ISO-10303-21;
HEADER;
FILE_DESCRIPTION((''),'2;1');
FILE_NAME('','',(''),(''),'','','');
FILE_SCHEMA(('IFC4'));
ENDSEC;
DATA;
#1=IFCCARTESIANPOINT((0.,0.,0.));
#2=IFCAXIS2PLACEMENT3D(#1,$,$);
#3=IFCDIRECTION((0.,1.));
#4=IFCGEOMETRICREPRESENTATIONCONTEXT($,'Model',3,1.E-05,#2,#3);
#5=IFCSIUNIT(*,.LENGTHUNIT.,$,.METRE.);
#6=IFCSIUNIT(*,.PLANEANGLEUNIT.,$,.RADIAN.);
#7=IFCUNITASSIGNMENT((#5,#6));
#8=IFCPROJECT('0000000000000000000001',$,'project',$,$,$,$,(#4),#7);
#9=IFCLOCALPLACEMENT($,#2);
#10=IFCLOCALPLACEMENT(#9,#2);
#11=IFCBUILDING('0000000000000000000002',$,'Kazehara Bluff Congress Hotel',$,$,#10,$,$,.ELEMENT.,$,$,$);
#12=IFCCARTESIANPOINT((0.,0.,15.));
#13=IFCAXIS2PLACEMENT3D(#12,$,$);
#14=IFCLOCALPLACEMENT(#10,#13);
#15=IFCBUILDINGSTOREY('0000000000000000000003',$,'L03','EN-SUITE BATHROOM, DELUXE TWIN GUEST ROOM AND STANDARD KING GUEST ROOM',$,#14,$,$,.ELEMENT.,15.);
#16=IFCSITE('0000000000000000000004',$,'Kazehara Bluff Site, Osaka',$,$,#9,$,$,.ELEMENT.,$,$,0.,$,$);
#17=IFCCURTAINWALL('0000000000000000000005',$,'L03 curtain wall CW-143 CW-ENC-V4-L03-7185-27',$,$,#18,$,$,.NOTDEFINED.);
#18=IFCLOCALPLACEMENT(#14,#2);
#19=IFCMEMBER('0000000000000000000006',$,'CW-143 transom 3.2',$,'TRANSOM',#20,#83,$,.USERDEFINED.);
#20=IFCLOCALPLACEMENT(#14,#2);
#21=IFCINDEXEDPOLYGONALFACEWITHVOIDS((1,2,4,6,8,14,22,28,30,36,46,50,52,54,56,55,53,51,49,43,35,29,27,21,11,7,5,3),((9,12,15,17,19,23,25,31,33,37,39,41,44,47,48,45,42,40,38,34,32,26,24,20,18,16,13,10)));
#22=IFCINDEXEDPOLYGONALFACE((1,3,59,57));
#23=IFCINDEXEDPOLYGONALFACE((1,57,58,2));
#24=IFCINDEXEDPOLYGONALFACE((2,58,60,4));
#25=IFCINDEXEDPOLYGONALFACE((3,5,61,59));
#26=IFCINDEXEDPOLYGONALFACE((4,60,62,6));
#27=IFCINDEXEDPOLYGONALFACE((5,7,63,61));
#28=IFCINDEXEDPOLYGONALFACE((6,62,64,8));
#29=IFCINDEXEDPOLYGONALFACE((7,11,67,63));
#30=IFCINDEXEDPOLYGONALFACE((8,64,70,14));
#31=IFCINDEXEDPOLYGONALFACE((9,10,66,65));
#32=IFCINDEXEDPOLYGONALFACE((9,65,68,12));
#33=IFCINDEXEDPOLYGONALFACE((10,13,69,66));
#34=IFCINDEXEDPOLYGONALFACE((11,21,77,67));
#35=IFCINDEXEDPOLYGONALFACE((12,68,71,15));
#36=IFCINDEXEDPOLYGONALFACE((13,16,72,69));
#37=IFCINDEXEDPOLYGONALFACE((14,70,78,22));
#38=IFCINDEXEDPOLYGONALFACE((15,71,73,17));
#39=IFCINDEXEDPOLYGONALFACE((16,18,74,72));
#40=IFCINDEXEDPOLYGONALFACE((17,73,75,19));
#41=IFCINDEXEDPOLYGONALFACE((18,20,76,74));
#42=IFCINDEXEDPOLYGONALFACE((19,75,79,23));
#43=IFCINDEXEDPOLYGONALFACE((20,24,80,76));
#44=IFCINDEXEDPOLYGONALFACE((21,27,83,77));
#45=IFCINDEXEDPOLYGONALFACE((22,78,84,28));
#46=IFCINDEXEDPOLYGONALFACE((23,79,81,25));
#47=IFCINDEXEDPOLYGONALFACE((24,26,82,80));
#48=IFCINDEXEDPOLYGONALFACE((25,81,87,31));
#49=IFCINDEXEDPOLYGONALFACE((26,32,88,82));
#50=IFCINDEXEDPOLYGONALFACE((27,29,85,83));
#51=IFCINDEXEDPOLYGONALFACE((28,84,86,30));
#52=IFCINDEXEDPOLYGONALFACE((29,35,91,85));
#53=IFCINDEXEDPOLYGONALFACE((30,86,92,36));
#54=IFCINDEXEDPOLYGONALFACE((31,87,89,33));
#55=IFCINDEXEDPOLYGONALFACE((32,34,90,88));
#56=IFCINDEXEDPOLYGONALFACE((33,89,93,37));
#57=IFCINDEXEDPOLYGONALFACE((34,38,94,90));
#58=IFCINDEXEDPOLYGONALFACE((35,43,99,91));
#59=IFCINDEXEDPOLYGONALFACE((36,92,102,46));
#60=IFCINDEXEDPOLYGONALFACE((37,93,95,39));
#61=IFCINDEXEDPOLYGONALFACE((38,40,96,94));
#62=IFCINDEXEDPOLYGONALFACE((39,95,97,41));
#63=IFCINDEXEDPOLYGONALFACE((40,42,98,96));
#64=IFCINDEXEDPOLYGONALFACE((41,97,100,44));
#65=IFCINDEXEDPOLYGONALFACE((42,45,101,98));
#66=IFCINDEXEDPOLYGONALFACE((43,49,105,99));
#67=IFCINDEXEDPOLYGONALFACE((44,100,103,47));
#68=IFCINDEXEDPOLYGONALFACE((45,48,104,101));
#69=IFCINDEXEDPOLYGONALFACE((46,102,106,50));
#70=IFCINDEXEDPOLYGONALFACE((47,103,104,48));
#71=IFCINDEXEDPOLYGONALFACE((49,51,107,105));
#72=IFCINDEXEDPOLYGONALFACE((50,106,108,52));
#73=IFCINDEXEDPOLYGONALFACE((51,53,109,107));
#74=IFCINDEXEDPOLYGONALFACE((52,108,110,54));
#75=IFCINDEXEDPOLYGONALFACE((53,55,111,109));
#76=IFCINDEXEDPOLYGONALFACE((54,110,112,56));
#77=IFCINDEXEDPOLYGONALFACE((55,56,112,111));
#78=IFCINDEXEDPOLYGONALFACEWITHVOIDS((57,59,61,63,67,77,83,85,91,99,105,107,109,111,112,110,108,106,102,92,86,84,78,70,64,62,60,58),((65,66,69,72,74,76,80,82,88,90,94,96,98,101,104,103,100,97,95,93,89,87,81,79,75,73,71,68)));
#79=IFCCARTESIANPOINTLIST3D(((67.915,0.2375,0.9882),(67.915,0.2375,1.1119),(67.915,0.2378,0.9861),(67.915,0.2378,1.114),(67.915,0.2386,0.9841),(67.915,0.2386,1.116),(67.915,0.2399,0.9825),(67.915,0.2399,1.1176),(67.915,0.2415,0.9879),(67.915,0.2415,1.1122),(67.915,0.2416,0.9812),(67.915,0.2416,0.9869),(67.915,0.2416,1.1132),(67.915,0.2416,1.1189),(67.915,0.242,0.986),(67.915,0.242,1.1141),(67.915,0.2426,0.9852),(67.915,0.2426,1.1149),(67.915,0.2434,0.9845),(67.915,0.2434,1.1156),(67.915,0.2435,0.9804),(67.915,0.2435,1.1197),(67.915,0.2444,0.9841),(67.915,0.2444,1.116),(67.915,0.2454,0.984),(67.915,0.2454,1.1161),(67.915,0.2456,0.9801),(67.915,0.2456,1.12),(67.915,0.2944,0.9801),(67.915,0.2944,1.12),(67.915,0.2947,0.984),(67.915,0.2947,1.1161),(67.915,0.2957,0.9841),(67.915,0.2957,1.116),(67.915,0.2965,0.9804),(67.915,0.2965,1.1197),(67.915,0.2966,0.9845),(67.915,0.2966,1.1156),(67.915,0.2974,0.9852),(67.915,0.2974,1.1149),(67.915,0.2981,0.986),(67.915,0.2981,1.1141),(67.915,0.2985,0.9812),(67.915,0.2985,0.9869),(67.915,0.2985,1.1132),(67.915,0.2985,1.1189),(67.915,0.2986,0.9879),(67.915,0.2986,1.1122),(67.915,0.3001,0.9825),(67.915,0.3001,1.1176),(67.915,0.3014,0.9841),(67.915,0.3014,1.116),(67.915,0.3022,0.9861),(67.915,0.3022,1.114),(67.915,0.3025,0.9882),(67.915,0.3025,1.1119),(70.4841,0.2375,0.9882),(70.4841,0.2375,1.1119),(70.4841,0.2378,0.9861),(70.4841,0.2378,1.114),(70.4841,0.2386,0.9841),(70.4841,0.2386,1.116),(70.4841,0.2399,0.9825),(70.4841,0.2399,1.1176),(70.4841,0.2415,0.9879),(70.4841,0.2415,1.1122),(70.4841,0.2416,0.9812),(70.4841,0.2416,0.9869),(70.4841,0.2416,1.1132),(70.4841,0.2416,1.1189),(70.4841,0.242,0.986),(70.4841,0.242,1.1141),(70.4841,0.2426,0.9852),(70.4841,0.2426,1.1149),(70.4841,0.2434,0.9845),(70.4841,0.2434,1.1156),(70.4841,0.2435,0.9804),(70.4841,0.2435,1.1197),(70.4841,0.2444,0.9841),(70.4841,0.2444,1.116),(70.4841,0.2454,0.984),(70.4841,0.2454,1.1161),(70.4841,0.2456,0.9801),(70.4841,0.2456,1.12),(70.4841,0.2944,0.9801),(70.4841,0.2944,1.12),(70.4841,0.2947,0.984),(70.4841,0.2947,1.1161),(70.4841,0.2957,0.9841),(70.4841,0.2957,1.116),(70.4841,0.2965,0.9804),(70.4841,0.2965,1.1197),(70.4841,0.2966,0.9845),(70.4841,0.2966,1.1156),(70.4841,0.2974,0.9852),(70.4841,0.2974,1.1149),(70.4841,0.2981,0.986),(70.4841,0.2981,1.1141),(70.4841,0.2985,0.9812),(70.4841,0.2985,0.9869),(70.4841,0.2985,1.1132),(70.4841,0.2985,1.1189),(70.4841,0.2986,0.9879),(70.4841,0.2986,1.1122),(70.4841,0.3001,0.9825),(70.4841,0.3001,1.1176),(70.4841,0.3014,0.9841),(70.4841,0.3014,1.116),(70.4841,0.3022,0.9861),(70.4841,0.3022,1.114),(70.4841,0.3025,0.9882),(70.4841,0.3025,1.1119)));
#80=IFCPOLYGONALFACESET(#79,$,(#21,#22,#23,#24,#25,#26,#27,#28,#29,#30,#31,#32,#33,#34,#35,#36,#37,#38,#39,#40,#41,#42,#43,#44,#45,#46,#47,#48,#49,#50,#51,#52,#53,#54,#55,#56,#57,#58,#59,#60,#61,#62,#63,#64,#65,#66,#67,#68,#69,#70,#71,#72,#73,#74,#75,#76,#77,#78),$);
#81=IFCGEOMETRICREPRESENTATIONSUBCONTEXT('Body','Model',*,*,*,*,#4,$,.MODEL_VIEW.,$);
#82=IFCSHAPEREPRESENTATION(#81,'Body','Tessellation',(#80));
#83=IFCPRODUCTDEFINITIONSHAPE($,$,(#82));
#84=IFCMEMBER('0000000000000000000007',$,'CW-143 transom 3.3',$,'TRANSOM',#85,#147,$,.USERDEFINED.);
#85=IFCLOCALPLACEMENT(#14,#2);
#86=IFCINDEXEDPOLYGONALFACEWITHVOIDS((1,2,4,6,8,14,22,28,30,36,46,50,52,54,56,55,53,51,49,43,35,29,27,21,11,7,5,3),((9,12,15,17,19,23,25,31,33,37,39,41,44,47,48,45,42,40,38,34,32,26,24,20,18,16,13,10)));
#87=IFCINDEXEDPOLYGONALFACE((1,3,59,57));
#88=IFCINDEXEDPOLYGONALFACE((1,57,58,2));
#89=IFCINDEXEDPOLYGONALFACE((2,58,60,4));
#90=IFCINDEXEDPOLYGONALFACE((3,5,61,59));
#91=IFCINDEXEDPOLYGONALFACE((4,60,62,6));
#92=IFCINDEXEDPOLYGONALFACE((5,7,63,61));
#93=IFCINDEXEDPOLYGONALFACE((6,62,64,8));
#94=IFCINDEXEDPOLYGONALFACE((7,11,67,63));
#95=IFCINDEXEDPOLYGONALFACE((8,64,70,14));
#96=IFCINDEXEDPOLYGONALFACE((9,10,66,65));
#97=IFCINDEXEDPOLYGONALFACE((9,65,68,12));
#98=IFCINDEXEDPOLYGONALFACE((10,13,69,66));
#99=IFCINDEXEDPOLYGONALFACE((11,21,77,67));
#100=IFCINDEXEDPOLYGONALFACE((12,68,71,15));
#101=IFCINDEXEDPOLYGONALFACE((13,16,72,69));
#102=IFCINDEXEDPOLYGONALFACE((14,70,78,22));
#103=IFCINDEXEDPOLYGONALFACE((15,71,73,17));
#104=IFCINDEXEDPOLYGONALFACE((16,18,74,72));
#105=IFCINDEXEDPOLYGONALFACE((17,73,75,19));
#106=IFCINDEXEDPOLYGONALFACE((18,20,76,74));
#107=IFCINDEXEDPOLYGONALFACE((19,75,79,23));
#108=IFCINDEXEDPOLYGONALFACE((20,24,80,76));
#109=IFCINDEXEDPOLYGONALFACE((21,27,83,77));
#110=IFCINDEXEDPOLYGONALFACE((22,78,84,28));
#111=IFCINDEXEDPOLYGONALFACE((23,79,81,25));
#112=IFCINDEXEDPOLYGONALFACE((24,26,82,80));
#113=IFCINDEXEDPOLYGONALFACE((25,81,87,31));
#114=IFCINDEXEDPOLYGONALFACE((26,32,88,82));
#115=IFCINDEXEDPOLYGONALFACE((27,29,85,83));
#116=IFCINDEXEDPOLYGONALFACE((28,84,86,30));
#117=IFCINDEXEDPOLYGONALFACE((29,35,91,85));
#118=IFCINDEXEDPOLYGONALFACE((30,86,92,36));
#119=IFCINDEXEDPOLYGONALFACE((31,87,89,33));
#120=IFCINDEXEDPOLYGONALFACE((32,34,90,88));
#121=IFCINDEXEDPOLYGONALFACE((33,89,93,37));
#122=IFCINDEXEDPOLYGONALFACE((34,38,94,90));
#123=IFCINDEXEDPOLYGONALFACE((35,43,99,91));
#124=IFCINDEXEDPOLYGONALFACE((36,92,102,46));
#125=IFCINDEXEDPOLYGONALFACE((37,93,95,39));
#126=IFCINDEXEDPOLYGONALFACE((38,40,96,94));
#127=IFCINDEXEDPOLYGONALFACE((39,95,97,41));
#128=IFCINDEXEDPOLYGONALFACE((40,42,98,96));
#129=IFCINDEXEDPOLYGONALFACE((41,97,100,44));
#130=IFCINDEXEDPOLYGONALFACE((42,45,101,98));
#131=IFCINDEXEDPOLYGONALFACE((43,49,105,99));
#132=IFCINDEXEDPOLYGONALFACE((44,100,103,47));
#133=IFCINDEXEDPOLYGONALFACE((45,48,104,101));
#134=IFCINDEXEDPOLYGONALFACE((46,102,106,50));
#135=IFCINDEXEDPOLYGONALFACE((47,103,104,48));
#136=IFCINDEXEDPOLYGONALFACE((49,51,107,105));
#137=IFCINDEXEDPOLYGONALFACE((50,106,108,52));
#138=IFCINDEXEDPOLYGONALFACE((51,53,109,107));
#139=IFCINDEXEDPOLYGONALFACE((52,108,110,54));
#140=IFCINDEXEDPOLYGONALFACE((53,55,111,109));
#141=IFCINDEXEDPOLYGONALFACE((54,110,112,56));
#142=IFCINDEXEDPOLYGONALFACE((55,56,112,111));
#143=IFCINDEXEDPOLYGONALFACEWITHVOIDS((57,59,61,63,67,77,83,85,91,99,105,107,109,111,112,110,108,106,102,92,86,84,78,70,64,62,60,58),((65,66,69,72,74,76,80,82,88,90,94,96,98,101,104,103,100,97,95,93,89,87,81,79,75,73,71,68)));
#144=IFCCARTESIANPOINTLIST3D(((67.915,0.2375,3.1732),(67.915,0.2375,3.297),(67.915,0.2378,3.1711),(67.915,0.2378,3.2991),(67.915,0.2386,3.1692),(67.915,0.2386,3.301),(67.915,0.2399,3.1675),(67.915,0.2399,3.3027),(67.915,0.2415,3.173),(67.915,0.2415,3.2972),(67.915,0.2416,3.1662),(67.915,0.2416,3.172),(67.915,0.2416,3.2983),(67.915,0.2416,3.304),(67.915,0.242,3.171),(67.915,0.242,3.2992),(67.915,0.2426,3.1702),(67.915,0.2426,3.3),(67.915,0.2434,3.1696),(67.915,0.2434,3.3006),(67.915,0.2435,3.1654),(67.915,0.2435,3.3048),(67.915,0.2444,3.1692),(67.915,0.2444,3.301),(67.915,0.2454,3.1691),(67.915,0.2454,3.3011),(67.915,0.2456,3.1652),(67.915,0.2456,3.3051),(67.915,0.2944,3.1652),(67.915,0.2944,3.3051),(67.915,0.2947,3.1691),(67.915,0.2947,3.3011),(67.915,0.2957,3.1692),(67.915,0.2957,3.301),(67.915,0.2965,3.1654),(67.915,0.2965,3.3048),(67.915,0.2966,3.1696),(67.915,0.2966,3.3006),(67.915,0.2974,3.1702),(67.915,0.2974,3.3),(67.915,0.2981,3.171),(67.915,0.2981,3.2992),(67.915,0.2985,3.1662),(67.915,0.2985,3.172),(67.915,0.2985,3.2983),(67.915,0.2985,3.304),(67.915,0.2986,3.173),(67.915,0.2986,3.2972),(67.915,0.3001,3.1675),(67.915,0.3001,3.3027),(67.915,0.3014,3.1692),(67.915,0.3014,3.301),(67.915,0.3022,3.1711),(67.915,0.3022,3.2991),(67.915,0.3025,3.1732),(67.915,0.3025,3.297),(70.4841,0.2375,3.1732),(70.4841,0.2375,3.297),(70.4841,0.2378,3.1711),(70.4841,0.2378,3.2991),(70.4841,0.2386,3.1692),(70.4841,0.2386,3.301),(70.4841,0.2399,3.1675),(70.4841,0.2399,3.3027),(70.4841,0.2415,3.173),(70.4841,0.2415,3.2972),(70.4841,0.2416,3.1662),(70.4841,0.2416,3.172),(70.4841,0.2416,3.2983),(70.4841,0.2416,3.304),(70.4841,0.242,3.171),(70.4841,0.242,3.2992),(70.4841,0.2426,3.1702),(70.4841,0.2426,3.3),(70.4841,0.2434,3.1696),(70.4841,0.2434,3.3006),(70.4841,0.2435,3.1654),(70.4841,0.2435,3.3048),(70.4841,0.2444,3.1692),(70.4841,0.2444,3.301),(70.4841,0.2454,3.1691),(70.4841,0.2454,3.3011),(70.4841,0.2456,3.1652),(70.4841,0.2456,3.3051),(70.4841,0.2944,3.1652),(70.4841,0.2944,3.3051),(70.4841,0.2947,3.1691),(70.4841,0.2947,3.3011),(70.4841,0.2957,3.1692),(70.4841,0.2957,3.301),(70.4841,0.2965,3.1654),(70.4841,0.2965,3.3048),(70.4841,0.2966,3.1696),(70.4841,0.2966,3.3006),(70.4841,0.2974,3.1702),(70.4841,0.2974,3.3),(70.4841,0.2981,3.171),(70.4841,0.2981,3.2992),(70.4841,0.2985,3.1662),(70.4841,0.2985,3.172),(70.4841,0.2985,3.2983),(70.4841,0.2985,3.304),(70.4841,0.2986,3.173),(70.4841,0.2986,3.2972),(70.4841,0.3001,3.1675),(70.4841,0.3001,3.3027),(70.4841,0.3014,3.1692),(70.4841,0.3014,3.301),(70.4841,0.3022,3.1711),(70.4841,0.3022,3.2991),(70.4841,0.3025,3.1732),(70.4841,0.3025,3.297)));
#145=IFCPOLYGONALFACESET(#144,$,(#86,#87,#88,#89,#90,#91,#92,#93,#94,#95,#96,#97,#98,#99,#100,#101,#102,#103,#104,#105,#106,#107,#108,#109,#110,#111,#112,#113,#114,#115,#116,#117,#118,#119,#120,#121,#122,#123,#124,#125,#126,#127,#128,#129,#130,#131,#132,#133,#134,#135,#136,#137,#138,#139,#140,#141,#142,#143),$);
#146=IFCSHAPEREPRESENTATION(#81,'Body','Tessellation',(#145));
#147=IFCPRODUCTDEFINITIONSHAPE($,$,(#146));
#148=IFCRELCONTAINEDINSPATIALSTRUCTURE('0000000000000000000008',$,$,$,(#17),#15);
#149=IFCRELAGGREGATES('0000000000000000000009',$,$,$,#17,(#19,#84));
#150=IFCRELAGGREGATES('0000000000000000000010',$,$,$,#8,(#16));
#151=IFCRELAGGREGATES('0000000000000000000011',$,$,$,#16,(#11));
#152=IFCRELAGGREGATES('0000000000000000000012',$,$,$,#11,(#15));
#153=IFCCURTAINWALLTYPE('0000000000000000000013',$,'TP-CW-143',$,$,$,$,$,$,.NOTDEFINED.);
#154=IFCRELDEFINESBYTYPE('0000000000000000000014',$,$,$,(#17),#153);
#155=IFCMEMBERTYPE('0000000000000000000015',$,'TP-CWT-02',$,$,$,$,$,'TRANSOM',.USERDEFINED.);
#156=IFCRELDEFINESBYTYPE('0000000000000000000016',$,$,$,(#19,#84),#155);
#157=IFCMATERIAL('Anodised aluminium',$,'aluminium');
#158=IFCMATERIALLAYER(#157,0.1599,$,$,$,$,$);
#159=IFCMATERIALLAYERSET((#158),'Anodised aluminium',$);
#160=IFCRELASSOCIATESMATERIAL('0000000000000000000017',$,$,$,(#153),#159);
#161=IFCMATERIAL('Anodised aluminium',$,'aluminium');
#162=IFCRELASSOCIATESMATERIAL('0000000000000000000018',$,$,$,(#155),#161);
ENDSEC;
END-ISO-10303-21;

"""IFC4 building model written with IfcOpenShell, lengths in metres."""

from ifc_helpers import new_model, si_unit, direction, frame, origin, origin_2d, place, context, subcontext, project, spatial, hollow_rectangle, extrude, material, layer, layer_set, material_profile, profile_set, type_object, element, aggregate, save


model = new_model("IFC4")

# Units and contexts
model_context = context("Model", 3, precision=1e-05, world=origin(), true_north=direction((0.0, 1.0)))
body_context = subcontext(model_context, "Body", "Model", "MODEL_VIEW")
ifc_project = project(units=[si_unit("LENGTHUNIT", "METRE"), si_unit("PLANEANGLEUNIT", "RADIAN")], contexts=[model_context])

# Site, building, storey
site_placement = place(None, origin())
site = spatial("IfcSite", under=ifc_project, at=site_placement, Name="Kazehara Bluff Site, Osaka", CompositionType="ELEMENT", RefElevation=0.0)
building_placement = place(site_placement, origin())
building = spatial("IfcBuilding", under=site, at=building_placement, Name="Kazehara Bluff Congress Hotel", CompositionType="ELEMENT")
storey_placement = place(building_placement, frame((0.0, 0.0, 15.0)))
storey = spatial("IfcBuildingStorey", under=building, at=storey_placement, Name="L03", Description="EN-SUITE BATHROOM, DELUXE TWIN GUEST ROOM AND STANDARD KING GUEST ROOM", CompositionType="ELEMENT", Elevation=15.0)

# Curtain wall
ifc_material_1 = material(Name="Anodised aluminium", Category="aluminium")
ifc_layer_1 = layer(ifc_material_1, 0.1599)
ifc_layer_set_1 = layer_set([ifc_layer_1], Name="Anodised aluminium")
curtain_wall_type_1 = type_object("IfcCurtainWallType", Name="TP-CW-143", PredefinedType="NOTDEFINED", material=ifc_layer_set_1)
curtain_wall_1_placement = place(storey_placement, origin())
curtain_wall_1 = element("IfcCurtainWall", 1, at=curtain_wall_1_placement, inside=storey, type_object=curtain_wall_type_1, Name="L03 curtain wall CW-143 CW-ENC-V4-L03-7185-27", PredefinedType="NOTDEFINED")

# Members
ifc_material_2 = material(Name="Anodised aluminium", Category="aluminium")
ifc_material_profile_1 = material_profile(ifc_material_2, hollow_rectangle(XDim=0.0649, YDim=0.1399, WallThickness=0.0039, InnerFilletRadius=0.0039, OuterFilletRadius=0.0081, at=origin_2d()))
ifc_profile_set_1 = profile_set([ifc_material_profile_1], Name="Anodised aluminium")
member_type_1 = type_object("IfcMemberType", Name="TP-CWT-02", ElementType="TRANSOM", PredefinedType="USERDEFINED", material=ifc_profile_set_1)
member_1_placement = place(storey_placement, frame((70.4841, 0.27, 1.05), z_axis=(-1.0, 0.0, 0.0), x_axis=(0.0, -1.0, 0.0)))
member_1 = element("IfcMember", 2, at=member_1_placement, type_object=member_type_1, Name="CW-143 transom 3.2", ObjectType="TRANSOM", PredefinedType="USERDEFINED", context=body_context, shape_type="SweptSolid", body=[
    extrude(hollow_rectangle(XDim=0.0649, YDim=0.1399, WallThickness=0.0039, InnerFilletRadius=0.0039, OuterFilletRadius=0.0081, at=origin_2d()), origin(), (0.0, 0.0, 1.0), 2.5691),
])
member_2_placement = place(storey_placement, frame((70.4841, 0.27, 3.2351), z_axis=(-1.0, 0.0, 0.0), x_axis=(0.0, -1.0, 0.0)))
member_2 = element("IfcMember", 3, at=member_2_placement, type_object=member_type_1, Name="CW-143 transom 3.3", ObjectType="TRANSOM", PredefinedType="USERDEFINED", context=body_context, shape_type="SweptSolid", body=[
    extrude(hollow_rectangle(XDim=0.0649, YDim=0.1399, WallThickness=0.0039, InnerFilletRadius=0.0039, OuterFilletRadius=0.0081, at=origin_2d()), origin(), (0.0, 0.0, 1.0), 2.5691),
])

aggregate(curtain_wall_1, [member_1, member_2])

save(model, "model.ifc")
